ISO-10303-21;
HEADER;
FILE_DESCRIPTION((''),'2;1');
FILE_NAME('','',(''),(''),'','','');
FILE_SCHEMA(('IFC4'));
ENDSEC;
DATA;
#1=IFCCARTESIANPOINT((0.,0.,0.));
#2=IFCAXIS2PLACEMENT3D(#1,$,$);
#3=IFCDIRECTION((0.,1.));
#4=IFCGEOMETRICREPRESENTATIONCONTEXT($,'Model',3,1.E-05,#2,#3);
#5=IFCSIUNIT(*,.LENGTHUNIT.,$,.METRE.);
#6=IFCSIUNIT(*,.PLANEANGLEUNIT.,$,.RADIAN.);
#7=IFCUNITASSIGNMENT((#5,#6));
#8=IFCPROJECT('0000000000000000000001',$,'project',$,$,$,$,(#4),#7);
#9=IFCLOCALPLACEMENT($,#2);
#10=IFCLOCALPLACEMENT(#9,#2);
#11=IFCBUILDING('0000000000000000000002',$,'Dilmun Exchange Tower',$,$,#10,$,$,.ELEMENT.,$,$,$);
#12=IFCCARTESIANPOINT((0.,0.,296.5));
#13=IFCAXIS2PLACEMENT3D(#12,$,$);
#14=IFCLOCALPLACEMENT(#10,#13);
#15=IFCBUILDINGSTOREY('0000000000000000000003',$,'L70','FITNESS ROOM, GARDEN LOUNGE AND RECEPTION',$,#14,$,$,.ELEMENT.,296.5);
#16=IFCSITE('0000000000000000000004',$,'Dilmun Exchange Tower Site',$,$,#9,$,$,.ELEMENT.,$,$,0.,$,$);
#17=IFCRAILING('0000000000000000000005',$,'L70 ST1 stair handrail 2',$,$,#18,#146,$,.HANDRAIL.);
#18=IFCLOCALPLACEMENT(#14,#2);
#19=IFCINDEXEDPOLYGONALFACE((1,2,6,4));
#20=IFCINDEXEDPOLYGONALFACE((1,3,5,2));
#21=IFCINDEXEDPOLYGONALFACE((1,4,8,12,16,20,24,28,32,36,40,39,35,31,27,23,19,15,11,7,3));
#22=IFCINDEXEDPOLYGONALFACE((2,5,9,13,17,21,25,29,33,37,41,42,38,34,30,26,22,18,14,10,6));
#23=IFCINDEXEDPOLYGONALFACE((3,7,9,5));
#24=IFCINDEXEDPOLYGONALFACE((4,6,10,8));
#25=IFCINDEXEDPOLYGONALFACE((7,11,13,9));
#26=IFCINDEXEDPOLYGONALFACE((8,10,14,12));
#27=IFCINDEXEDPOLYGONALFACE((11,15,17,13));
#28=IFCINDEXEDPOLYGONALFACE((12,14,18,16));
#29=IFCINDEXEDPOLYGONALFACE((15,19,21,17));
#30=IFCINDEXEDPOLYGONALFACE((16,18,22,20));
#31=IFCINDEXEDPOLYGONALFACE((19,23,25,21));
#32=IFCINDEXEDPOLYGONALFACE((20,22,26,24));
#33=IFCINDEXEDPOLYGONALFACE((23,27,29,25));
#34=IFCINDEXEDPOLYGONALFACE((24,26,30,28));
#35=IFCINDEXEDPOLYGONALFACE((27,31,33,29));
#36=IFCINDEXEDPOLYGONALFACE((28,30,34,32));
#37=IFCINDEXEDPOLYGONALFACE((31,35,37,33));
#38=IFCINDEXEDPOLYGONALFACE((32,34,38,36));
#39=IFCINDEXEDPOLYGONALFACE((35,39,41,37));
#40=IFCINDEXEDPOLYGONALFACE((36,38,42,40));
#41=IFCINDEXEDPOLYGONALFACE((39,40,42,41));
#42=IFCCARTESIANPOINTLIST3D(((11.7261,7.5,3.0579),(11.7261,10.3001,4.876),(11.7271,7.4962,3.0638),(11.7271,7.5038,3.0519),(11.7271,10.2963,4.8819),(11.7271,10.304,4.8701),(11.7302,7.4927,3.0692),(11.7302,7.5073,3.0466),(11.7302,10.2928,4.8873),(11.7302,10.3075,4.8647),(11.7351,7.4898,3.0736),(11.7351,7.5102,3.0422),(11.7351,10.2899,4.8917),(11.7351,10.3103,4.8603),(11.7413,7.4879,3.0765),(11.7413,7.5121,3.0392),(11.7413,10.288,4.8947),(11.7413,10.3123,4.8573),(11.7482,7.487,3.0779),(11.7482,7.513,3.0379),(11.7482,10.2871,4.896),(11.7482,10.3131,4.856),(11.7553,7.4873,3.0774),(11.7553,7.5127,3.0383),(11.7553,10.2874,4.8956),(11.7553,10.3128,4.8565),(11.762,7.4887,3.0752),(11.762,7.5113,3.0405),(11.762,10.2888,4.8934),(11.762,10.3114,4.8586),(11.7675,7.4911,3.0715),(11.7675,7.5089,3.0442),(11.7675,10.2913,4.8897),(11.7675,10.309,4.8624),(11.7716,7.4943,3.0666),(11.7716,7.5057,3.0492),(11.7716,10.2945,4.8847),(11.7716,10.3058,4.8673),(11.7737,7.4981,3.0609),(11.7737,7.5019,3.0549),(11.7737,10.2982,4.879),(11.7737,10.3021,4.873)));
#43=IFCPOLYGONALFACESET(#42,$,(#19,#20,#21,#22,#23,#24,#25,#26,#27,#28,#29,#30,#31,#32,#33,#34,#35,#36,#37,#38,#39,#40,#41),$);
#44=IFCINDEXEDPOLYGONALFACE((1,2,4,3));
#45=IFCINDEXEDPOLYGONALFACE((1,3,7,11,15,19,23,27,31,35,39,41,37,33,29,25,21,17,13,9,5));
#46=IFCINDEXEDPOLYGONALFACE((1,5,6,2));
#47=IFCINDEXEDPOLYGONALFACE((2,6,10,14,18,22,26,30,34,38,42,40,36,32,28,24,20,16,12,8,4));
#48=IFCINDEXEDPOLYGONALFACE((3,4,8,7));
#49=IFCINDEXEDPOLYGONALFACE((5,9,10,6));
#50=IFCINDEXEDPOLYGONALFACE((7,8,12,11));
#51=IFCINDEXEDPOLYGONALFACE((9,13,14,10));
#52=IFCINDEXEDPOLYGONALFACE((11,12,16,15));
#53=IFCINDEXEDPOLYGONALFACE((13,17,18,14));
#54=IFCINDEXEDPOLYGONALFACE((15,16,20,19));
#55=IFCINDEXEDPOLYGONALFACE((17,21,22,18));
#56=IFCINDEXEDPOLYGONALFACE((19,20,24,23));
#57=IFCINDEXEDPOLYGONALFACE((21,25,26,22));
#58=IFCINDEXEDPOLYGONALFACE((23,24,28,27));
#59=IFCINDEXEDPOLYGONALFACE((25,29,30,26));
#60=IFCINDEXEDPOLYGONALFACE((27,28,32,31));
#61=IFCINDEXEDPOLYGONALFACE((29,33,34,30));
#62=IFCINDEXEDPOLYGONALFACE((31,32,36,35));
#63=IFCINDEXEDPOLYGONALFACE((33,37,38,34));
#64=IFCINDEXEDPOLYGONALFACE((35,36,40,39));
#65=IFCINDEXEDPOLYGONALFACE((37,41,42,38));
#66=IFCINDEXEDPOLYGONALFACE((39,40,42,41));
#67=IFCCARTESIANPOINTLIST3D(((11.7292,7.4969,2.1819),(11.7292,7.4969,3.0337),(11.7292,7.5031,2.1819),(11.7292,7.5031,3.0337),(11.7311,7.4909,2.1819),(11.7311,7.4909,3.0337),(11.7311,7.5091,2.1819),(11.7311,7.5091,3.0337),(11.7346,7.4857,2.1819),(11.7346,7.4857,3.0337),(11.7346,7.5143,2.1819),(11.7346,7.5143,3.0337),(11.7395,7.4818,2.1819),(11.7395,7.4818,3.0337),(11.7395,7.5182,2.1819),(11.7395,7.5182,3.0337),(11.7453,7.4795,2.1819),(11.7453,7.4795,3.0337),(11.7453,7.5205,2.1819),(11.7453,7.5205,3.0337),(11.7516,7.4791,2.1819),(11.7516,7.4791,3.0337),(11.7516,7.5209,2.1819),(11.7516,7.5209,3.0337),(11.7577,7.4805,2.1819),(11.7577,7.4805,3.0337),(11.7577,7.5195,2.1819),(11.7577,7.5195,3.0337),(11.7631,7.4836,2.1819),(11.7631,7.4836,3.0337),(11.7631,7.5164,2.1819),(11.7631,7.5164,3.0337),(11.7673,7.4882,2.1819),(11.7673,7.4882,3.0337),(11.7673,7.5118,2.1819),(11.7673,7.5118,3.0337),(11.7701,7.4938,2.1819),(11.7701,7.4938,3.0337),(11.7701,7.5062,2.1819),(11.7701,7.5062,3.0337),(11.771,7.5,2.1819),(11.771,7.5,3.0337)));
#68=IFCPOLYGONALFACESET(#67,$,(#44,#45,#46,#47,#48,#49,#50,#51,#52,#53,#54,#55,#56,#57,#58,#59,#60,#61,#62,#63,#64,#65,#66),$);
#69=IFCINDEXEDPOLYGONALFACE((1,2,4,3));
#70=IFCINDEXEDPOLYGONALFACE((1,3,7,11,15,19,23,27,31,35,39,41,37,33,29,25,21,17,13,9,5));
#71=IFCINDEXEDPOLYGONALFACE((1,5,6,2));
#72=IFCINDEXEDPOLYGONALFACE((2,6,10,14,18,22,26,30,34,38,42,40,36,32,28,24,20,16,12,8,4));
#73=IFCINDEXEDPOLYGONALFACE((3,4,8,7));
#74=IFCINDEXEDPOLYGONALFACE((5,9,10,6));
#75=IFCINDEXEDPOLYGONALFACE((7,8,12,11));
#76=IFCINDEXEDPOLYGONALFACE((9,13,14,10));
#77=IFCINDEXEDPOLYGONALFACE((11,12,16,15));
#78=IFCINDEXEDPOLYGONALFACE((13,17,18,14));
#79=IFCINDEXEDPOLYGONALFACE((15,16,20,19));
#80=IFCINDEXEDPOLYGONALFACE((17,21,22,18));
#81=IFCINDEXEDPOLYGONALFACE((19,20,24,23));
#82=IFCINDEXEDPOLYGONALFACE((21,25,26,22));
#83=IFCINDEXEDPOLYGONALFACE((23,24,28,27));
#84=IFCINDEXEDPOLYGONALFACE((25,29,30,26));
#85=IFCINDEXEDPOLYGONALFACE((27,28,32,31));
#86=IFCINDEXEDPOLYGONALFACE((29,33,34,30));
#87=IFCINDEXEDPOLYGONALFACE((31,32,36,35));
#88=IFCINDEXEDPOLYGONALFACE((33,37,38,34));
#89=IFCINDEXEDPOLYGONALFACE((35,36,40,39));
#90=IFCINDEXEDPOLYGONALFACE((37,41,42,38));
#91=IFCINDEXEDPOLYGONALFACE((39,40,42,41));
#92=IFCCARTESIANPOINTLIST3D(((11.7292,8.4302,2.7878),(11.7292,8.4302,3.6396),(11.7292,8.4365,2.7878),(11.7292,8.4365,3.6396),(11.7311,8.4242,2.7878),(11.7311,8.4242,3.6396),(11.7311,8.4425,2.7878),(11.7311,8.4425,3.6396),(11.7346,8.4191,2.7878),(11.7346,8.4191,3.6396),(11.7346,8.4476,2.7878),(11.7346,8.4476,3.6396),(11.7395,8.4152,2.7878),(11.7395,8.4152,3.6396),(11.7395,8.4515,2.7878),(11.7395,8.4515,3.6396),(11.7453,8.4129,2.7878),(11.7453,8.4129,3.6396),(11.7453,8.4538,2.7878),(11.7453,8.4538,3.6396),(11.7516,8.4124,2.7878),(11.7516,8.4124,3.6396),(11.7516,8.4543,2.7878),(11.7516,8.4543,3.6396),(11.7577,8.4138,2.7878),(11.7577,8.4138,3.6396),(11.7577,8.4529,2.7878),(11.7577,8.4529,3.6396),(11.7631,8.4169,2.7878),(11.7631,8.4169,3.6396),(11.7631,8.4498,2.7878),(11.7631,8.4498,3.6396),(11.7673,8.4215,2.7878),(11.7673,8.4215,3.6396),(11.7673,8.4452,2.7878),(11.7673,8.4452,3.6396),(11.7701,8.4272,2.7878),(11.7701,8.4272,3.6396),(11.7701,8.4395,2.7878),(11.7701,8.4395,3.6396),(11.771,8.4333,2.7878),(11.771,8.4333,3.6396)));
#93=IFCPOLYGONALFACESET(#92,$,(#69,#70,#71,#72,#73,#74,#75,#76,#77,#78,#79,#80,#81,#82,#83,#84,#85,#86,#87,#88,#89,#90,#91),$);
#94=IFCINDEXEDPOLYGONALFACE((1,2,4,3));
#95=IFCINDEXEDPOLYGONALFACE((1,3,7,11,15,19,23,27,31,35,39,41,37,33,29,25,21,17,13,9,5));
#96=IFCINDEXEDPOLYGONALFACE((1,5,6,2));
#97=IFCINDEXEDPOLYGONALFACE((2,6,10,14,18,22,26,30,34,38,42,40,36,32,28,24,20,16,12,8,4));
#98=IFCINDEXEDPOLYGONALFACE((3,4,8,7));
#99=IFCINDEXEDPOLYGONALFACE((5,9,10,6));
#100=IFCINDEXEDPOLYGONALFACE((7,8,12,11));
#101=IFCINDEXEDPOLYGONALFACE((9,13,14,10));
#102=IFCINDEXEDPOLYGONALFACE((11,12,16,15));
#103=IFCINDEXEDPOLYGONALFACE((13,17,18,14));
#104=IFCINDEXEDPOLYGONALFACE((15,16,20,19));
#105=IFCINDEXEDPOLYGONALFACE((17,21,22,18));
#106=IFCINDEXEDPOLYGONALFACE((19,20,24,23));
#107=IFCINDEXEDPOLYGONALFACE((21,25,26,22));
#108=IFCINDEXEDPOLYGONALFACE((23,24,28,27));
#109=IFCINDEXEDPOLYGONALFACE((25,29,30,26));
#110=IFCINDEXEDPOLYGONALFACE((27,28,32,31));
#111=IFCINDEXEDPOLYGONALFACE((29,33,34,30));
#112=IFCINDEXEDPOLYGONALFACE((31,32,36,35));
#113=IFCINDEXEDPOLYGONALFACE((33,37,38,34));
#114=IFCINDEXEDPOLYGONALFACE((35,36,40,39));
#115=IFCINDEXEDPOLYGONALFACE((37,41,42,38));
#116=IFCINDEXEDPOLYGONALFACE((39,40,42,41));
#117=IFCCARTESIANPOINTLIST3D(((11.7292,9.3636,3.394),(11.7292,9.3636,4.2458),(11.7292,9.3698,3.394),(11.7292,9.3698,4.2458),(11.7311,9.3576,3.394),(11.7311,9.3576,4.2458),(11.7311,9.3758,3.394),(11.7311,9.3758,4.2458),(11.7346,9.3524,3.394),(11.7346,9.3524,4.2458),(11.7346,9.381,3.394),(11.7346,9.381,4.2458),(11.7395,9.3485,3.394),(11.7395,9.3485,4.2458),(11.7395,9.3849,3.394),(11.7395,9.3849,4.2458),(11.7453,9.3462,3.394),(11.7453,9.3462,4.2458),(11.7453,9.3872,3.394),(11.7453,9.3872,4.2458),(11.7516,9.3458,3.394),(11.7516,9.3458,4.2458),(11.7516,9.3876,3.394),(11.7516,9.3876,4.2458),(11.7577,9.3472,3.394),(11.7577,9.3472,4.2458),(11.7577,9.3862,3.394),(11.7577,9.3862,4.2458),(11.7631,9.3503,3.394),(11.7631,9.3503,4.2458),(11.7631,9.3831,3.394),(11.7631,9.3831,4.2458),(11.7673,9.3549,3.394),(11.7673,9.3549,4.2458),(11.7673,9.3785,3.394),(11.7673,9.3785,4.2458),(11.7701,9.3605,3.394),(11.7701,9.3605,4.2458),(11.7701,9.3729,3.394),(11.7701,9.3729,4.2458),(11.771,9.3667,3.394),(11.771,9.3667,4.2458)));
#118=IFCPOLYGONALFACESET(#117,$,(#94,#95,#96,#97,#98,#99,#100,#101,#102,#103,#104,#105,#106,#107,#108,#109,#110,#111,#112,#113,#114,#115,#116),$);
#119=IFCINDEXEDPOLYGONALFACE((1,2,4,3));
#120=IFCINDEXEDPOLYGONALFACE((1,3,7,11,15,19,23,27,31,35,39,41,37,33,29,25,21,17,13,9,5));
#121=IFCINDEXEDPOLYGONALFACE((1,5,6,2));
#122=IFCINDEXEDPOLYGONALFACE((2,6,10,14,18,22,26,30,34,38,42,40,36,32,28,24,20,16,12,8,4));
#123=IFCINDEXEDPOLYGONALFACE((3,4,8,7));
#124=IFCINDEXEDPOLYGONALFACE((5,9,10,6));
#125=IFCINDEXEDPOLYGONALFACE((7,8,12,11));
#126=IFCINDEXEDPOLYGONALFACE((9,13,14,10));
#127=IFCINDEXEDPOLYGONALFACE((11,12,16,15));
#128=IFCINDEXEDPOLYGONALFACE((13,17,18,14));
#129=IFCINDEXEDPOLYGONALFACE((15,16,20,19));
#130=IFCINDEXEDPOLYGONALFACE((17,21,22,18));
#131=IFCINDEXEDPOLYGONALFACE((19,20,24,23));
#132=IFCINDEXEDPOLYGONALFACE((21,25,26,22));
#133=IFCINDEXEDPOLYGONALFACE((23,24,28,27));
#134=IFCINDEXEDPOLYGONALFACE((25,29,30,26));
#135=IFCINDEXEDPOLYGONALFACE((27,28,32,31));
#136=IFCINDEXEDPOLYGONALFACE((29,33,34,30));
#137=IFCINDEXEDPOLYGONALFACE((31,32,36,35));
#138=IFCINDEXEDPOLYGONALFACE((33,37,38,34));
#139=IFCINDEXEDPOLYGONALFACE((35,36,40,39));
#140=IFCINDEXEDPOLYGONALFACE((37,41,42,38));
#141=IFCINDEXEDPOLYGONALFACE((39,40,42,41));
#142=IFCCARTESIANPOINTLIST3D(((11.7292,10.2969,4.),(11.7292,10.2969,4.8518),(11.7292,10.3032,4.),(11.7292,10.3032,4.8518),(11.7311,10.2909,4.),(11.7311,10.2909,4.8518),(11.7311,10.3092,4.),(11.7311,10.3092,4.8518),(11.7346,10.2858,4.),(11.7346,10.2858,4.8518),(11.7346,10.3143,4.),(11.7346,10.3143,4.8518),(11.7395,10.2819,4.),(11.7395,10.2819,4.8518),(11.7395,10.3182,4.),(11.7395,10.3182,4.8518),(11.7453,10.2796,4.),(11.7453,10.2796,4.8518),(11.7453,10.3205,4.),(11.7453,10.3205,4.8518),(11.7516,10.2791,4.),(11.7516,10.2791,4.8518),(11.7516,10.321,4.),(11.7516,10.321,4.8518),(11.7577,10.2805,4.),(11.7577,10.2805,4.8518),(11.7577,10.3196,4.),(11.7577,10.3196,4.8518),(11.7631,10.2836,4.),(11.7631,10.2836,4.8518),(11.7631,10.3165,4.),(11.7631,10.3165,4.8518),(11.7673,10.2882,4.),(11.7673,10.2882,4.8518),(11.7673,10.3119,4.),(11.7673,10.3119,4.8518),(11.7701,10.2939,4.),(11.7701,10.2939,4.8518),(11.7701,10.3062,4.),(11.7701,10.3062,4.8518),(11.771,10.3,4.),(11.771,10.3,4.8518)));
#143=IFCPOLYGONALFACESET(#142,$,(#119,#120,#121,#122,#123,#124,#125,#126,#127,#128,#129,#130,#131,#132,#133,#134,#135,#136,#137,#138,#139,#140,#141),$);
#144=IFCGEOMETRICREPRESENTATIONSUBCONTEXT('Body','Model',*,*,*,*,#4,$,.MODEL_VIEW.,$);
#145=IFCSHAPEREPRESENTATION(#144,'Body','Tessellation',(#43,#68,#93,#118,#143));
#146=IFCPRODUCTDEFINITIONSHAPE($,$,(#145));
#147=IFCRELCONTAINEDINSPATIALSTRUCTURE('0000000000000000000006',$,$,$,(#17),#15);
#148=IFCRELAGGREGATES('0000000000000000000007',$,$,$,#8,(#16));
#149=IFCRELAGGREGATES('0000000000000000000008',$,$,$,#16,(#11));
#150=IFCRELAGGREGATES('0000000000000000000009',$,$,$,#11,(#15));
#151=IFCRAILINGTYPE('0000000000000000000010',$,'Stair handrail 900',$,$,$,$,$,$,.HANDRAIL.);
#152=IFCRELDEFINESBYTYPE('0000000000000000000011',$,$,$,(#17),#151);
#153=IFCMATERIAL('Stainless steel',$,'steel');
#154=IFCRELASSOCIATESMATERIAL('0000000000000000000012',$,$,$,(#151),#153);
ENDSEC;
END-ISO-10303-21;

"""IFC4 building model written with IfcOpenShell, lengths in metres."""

from ifc_helpers import new_model, si_unit, direction, frame, origin, origin_2d, place, context, subcontext, project, spatial, circle, extrude, material, type_object, element, save


model = new_model("IFC4")

# Units and contexts
model_context = context("Model", 3, precision=1e-05, world=origin(), true_north=direction((0.0, 1.0)))
body_context = subcontext(model_context, "Body", "Model", "MODEL_VIEW")
ifc_project = project(units=[si_unit("LENGTHUNIT", "METRE"), si_unit("PLANEANGLEUNIT", "RADIAN")], contexts=[model_context])

# Site, building, storey
site_placement = place(None, origin())
site = spatial("IfcSite", under=ifc_project, at=site_placement, Name="Dilmun Exchange Tower Site", CompositionType="ELEMENT", RefElevation=0.0)
building_placement = place(site_placement, origin())
building = spatial("IfcBuilding", under=site, at=building_placement, Name="Dilmun Exchange Tower", CompositionType="ELEMENT")
storey_placement = place(building_placement, frame((0.0, 0.0, 296.5)))
storey = spatial("IfcBuildingStorey", under=building, at=storey_placement, Name="L70", Description="FITNESS ROOM, GARDEN LOUNGE AND RECEPTION", CompositionType="ELEMENT", Elevation=296.5)

# Railing
ifc_material_1 = material(Name="Stainless steel", Category="steel")
railing_type = type_object("IfcRailingType", Name="Stair handrail 900", PredefinedType="HANDRAIL", material=ifc_material_1)
railing_1_placement = place(storey_placement, frame((11.75, 7.5, 2.1819)))
element("IfcRailing", 1, at=railing_1_placement, inside=storey, type_object=railing_type, Name="L70 ST1 stair handrail 2", PredefinedType="HANDRAIL", context=body_context, shape_type="SweptSolid", body=[
    extrude(circle(Radius=0.0239, at=origin_2d()), frame((0.0, 0.0, 0.876), z_axis=(0.0, 0.838706, 0.544585), x_axis=(-1.0, 0.0, 0.0)), (0.0, 0.0, 1.0), 3.3386),
    extrude(circle(Radius=0.021, at=origin_2d()), origin(), (0.0, 0.0, 1.0), 0.8518),
    extrude(circle(Radius=0.021, at=origin_2d()), frame((0.0, 0.9333, 0.606)), (0.0, 0.0, 1.0), 0.8518),
    extrude(circle(Radius=0.021, at=origin_2d()), frame((0.0, 1.8667, 1.2122)), (0.0, 0.0, 1.0), 0.8518),
    extrude(circle(Radius=0.021, at=origin_2d()), frame((0.0, 2.8, 1.8181)), (0.0, 0.0, 1.0), 0.8518),
])

save(model, "model.ifc")
